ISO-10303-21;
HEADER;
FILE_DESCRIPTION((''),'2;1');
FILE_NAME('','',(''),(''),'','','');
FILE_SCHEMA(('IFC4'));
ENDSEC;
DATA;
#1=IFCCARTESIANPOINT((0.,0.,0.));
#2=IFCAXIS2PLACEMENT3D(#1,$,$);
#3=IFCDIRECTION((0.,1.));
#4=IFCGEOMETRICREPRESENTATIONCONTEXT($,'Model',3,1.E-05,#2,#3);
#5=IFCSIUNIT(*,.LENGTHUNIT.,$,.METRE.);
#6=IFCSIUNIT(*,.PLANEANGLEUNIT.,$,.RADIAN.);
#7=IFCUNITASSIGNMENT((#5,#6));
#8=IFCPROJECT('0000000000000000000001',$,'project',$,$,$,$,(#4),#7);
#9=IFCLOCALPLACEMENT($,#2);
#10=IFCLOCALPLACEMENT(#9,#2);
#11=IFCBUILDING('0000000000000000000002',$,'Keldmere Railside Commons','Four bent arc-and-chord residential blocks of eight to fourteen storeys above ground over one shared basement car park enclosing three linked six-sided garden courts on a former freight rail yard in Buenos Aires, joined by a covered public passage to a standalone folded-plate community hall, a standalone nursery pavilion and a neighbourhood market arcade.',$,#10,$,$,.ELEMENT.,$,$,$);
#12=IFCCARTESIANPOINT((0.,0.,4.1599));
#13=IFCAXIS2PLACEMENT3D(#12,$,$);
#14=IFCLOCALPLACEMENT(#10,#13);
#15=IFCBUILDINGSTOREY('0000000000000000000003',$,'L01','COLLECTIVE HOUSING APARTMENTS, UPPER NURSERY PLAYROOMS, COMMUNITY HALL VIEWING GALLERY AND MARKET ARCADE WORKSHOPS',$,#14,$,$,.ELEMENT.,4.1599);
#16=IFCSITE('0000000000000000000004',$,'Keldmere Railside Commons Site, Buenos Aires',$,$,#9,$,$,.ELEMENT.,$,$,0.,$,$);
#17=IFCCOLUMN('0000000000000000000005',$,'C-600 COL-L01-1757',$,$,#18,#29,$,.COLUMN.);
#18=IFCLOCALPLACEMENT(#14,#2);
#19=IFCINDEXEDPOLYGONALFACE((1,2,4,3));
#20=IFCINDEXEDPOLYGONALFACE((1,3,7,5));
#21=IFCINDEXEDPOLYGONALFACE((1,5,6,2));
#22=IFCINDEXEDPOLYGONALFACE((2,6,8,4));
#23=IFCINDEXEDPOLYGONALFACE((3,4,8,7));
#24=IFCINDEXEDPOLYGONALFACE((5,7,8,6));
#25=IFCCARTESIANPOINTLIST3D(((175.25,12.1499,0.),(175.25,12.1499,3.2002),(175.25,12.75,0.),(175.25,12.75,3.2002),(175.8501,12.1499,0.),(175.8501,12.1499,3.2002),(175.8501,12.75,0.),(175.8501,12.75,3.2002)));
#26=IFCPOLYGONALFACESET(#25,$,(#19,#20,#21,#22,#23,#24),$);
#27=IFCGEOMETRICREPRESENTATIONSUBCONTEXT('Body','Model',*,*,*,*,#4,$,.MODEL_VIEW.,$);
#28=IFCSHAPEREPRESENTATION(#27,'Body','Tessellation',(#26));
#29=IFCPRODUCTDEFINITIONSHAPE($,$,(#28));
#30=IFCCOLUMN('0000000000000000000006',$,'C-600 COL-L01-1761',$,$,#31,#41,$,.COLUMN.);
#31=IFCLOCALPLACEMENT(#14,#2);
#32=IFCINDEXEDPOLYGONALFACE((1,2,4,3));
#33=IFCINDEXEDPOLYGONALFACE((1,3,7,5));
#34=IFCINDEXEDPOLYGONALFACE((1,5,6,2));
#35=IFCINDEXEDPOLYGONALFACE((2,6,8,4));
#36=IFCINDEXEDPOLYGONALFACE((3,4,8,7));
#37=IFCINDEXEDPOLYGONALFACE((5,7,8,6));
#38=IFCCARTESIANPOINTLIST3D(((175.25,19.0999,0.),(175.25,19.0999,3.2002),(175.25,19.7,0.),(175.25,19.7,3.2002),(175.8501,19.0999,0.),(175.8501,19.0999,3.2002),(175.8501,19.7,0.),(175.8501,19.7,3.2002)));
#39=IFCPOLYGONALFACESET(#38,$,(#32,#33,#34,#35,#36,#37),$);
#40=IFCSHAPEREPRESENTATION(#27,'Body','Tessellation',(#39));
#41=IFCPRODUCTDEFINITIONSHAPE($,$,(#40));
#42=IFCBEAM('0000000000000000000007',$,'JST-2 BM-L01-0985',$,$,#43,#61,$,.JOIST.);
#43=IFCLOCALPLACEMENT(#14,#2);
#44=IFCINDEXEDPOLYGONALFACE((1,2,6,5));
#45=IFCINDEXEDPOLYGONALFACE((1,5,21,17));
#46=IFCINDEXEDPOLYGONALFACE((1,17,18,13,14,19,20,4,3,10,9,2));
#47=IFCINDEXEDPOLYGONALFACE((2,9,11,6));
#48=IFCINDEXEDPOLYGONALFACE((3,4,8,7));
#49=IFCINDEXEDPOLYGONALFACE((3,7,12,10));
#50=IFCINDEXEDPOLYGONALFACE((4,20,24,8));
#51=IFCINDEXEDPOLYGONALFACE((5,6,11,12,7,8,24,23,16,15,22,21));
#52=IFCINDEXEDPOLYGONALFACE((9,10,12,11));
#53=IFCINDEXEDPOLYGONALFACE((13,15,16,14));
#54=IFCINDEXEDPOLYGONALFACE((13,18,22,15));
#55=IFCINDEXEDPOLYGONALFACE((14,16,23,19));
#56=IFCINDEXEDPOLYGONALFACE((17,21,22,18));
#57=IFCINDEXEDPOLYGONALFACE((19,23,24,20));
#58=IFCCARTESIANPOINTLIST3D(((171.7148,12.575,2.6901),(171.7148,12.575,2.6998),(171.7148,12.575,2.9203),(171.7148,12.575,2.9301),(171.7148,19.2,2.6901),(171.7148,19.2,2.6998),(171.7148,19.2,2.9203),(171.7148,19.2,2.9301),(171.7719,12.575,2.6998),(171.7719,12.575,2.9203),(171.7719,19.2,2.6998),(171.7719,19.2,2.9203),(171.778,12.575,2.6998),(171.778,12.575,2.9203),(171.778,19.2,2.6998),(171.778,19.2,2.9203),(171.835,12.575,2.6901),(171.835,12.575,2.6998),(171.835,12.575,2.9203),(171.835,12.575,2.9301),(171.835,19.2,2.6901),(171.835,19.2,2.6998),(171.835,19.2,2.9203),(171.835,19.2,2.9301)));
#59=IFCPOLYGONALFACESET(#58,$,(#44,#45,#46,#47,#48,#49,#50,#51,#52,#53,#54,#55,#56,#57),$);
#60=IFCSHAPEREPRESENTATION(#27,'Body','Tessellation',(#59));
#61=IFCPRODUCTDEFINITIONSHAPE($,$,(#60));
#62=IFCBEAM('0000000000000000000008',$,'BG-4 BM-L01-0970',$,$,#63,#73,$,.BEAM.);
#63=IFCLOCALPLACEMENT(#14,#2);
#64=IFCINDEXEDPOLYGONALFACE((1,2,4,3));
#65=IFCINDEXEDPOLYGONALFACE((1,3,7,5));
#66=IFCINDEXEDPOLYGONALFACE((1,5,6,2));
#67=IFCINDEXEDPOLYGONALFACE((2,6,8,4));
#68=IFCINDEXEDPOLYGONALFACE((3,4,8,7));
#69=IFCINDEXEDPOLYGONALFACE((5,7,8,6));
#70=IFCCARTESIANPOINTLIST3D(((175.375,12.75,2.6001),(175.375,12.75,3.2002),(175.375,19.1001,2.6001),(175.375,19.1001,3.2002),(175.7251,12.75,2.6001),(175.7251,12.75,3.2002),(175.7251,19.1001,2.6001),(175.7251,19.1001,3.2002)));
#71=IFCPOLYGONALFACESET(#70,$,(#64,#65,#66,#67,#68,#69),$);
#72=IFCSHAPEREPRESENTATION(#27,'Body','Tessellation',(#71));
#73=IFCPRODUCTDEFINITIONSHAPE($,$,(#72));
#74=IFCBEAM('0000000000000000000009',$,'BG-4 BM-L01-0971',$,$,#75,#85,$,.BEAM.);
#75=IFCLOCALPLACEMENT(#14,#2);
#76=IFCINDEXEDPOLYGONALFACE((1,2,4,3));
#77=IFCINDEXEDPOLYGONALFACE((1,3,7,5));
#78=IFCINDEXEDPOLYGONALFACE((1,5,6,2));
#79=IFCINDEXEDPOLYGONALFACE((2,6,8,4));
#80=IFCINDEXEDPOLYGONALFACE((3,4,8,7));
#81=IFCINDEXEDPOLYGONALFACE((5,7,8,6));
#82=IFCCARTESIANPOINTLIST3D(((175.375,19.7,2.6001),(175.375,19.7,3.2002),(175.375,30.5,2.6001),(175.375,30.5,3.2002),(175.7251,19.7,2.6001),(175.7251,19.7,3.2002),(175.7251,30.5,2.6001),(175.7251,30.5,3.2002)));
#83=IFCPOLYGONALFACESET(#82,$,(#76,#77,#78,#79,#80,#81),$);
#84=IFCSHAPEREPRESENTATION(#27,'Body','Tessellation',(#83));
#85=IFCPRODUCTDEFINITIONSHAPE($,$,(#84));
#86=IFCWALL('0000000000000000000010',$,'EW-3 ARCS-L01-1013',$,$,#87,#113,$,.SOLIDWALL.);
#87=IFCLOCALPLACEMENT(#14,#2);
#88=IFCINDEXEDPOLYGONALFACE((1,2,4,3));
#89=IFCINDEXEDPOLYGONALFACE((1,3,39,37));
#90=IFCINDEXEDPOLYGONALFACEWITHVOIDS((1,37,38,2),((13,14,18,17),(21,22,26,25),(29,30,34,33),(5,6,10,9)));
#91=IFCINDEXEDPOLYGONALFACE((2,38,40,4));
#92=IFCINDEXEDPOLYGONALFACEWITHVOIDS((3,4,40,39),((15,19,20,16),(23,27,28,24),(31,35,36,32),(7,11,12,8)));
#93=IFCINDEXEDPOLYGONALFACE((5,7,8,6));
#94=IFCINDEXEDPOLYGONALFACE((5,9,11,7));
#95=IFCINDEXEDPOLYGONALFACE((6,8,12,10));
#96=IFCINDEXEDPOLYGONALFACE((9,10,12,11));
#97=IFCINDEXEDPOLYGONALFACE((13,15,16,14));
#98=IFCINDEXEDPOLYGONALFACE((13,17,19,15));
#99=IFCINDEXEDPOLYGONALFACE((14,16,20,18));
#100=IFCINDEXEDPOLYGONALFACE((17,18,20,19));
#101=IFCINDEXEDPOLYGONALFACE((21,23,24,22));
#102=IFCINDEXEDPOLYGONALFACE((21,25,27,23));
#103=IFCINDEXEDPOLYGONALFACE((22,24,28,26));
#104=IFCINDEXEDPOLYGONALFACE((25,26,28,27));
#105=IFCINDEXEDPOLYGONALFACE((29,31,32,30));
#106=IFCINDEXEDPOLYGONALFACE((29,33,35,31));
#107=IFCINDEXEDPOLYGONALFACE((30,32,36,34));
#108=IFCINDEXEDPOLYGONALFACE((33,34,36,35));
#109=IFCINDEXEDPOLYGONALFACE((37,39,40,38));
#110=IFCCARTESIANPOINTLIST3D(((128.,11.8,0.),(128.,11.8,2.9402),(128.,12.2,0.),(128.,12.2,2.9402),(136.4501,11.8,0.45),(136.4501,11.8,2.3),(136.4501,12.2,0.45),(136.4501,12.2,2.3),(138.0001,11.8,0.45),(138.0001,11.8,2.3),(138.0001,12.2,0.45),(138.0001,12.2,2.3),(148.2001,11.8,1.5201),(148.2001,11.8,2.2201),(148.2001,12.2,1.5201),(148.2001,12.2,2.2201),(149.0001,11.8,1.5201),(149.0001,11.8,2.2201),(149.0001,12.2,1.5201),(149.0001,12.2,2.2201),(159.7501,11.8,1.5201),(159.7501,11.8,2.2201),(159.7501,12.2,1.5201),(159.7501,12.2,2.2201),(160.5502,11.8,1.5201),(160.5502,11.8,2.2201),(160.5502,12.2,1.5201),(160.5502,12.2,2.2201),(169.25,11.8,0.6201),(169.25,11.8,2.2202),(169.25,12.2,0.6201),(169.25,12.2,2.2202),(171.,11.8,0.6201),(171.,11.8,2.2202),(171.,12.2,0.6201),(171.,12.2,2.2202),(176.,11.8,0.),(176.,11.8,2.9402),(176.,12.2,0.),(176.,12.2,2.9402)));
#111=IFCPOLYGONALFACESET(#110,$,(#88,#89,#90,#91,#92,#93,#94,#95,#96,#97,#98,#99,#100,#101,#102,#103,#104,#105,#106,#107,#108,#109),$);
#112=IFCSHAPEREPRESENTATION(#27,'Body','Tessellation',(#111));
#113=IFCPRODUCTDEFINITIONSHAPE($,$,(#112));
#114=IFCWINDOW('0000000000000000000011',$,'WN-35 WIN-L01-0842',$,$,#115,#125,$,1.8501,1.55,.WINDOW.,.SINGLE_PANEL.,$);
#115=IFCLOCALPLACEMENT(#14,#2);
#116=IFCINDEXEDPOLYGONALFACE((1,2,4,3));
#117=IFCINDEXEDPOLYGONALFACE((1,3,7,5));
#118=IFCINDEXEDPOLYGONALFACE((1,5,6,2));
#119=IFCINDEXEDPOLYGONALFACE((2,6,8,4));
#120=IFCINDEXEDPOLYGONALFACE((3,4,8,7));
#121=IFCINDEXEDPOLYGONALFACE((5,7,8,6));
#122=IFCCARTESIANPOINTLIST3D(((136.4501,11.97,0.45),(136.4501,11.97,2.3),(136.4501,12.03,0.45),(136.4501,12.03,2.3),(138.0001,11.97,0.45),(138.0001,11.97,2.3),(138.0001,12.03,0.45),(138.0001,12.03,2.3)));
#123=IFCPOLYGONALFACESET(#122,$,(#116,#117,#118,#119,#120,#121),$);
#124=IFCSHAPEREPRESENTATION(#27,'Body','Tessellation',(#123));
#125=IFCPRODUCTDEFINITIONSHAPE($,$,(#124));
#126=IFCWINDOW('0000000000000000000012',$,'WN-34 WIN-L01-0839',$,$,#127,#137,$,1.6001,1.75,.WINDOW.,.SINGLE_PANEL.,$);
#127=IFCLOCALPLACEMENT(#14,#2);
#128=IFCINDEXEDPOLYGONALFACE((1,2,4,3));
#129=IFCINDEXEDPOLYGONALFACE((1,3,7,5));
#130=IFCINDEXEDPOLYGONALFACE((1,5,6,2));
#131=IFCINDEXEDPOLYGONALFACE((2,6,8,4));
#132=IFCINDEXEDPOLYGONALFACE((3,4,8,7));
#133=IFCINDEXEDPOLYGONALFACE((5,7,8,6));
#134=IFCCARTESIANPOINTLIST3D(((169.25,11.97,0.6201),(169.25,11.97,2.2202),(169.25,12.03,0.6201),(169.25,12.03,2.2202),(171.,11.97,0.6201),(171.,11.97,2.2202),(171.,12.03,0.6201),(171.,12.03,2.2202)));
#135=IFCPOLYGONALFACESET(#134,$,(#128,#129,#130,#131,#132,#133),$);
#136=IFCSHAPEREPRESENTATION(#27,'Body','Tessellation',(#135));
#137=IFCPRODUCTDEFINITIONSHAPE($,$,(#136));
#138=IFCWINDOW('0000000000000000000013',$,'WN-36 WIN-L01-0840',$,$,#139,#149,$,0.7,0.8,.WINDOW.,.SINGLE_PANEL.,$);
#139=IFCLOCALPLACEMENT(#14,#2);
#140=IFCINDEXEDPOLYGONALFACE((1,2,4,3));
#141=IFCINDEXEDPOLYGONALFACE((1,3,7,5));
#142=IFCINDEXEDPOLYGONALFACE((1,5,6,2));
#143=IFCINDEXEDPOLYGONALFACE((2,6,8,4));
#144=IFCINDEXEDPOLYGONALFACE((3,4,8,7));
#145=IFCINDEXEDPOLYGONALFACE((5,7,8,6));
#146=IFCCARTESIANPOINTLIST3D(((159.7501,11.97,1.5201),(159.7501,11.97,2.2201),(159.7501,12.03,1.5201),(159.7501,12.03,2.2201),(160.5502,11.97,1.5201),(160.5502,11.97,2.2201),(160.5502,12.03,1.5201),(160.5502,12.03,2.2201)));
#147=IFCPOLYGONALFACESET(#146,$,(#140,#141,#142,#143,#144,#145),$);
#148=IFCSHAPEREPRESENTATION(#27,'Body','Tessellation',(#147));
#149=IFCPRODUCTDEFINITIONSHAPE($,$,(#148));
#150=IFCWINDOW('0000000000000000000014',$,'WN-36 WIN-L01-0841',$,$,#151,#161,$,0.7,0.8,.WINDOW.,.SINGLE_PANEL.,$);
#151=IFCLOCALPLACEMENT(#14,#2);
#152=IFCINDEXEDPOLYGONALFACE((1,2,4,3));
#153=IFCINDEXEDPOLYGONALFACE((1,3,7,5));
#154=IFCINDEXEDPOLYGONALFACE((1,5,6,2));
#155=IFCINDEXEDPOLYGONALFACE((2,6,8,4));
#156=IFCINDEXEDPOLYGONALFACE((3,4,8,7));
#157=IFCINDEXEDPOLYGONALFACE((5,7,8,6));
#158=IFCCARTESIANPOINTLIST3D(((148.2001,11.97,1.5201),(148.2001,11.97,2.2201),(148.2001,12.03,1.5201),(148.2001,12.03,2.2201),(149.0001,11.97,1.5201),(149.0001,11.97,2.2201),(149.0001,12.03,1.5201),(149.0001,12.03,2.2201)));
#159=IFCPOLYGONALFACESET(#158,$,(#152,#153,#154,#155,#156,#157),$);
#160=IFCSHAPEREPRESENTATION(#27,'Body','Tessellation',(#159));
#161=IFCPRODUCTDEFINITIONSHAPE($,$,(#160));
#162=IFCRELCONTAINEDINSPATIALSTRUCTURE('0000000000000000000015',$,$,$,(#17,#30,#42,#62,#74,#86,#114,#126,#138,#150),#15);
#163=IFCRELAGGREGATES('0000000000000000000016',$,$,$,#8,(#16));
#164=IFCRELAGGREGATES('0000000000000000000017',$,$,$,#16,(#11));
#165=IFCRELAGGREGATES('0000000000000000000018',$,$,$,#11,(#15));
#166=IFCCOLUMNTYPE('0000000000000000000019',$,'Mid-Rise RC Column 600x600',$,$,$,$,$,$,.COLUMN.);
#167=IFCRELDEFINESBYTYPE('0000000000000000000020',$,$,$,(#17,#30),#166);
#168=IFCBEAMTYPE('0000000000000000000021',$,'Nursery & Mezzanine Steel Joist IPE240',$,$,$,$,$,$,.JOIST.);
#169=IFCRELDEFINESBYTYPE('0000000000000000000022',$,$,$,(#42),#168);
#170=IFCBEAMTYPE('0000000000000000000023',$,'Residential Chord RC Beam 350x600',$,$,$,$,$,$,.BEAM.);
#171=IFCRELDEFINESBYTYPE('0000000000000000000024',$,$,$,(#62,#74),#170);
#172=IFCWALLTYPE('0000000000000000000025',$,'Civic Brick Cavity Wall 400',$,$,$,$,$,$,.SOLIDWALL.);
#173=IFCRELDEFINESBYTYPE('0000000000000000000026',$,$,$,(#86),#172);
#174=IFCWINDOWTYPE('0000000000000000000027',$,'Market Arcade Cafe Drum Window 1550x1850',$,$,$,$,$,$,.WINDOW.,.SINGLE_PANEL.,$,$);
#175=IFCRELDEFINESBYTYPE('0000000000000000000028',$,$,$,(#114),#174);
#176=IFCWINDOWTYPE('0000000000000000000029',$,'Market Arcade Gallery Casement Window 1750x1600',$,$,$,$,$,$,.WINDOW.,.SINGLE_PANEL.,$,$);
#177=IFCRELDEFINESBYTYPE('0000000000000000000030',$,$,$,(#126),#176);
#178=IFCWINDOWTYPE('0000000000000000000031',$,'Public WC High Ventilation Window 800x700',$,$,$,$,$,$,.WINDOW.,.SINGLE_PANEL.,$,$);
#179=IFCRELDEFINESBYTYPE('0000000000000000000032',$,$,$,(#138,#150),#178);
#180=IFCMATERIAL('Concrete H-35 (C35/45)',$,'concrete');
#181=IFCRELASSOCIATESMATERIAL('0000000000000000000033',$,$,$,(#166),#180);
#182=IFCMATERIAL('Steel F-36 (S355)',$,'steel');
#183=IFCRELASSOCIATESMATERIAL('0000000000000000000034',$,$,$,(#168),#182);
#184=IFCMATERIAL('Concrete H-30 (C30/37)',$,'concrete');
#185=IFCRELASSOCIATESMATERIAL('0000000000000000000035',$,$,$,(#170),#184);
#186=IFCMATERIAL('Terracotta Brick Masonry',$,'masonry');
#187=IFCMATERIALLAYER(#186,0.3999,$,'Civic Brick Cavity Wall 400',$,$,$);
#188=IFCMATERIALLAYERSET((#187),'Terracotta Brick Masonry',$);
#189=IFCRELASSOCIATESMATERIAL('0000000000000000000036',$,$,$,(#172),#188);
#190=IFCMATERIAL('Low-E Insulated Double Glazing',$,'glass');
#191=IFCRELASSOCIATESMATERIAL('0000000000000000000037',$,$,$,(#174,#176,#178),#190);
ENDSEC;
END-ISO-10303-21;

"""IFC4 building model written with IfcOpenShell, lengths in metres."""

from ifc_helpers import new_model, si_unit, direction, frame, frame_2d, origin, origin_2d, place, context, subcontext, project, spatial, rectangle, i_section, extrude, material, layer, layer_set, material_profile, profile_set, type_object, element, fill, save


model = new_model("IFC4")

# Units and contexts
model_context = context("Model", 3, precision=1e-05, world=origin(), true_north=direction((0.0, 1.0)))
body_context = subcontext(model_context, "Body", "Model", "MODEL_VIEW")
ifc_project = project(units=[si_unit("LENGTHUNIT", "METRE"), si_unit("PLANEANGLEUNIT", "RADIAN")], contexts=[model_context])

# Site, building, storey
site_placement = place(None, origin())
site = spatial("IfcSite", under=ifc_project, at=site_placement, Name="Keldmere Railside Commons Site, Buenos Aires", CompositionType="ELEMENT", RefElevation=0.0)
building_placement = place(site_placement, origin())
building = spatial("IfcBuilding", under=site, at=building_placement, Name="Keldmere Railside Commons", Description="Four bent arc-and-chord residential blocks of eight to fourteen storeys above ground over one shared basement car park enclosing three linked six-sided garden courts on a former freight rail yard in Buenos Aires, joined by a covered public passage to a standalone folded-plate community hall, a standalone nursery pavilion and a neighbourhood market arcade.", CompositionType="ELEMENT")
storey_placement = place(building_placement, frame((0.0, 0.0, 4.1599)))
storey = spatial("IfcBuildingStorey", under=building, at=storey_placement, Name="L01", Description="COLLECTIVE HOUSING APARTMENTS, UPPER NURSERY PLAYROOMS, COMMUNITY HALL VIEWING GALLERY AND MARKET ARCADE WORKSHOPS", CompositionType="ELEMENT", Elevation=4.1599)

# Columns
ifc_material_1 = material(Name="Concrete H-35 (C35/45)", Category="concrete")
ifc_material_profile_1 = material_profile(ifc_material_1, rectangle(XDim=0.6001, YDim=0.6001, at=origin_2d()), Name="RC-600x600")
ifc_profile_set_1 = profile_set([ifc_material_profile_1], Name="Concrete H-35 (C35/45)")
column_type = type_object("IfcColumnType", Name="Mid-Rise RC Column 600x600", PredefinedType="COLUMN", material=ifc_profile_set_1)
for number, where, z_axis, x_axis, name in (
    (1, (175.55, 12.45, 0.0), (0.0, 0.0, 1.0), (1.0, 0.0, 0.0), "C-600 COL-L01-1757"),
    (2, (175.55, 19.3999, 0.0), (0.0, 0.0, 1.0), (1.0, 0.0, 0.0), "C-600 COL-L01-1761"),
):
    element("IfcColumn", number, at=place(storey_placement, frame(where, z_axis=z_axis, x_axis=x_axis)), inside=storey, type_object=column_type, Name=name, PredefinedType="COLUMN", context=body_context, shape_type="SweptSolid", body=[
        extrude(rectangle(XDim=0.6001, YDim=0.6001, at=origin_2d()), origin(), (0.0, 0.0, 1.0), 3.2002),
    ])

# Beams
ifc_material_2 = material(Name="Steel F-36 (S355)", Category="steel")
ifc_material_profile_2 = material_profile(ifc_material_2, i_section(OverallWidth=0.1201, OverallDepth=0.24, WebThickness=0.0061, FlangeThickness=0.0098, at=origin_2d()), Name="IPE-240")
ifc_profile_set_2 = profile_set([ifc_material_profile_2], Name="Steel F-36 (S355)")
beam_type_1 = type_object("IfcBeamType", Name="Nursery & Mezzanine Steel Joist IPE240", PredefinedType="JOIST", material=ifc_profile_set_2)
beam_1_placement = place(storey_placement, frame((171.7749, 12.575, 2.8101), z_axis=(0.0, 1.0, 0.0), x_axis=(-1.0, 0.0, 0.0)))
element("IfcBeam", 3, at=beam_1_placement, inside=storey, type_object=beam_type_1, Name="JST-2 BM-L01-0985", PredefinedType="JOIST", context=body_context, shape_type="SweptSolid", body=[
    extrude(i_section(OverallWidth=0.1201, OverallDepth=0.24, WebThickness=0.0061, FlangeThickness=0.0098, at=origin_2d()), origin(), (0.0, 0.0, 1.0), 6.625),
])
ifc_material_3 = material(Name="Concrete H-30 (C30/37)", Category="concrete")
ifc_material_profile_3 = material_profile(ifc_material_3, rectangle(XDim=0.3501, YDim=0.6001, at=origin_2d()), Name="RC-350x600")
ifc_profile_set_3 = profile_set([ifc_material_profile_3], Name="Concrete H-30 (C30/37)")
beam_type_2 = type_object("IfcBeamType", Name="Residential Chord RC Beam 350x600", PredefinedType="BEAM", material=ifc_profile_set_3)
beam_2_placement = place(storey_placement, frame((175.55, 12.75, 2.9001), z_axis=(0.0, 1.0, 0.0), x_axis=(-1.0, 0.0, 0.0)))
element("IfcBeam", 4, at=beam_2_placement, inside=storey, type_object=beam_type_2, Name="BG-4 BM-L01-0970", PredefinedType="BEAM", context=body_context, shape_type="SweptSolid", body=[
    extrude(rectangle(XDim=0.3501, YDim=0.6001, at=origin_2d()), origin(), (0.0, 0.0, 1.0), 6.3501),
])
beam_3_placement = place(storey_placement, frame((175.55, 19.7, 2.9001), z_axis=(0.0, 1.0, 0.0), x_axis=(-1.0, 0.0, 0.0)))
element("IfcBeam", 5, at=beam_3_placement, inside=storey, type_object=beam_type_2, Name="BG-4 BM-L01-0971", PredefinedType="BEAM", context=body_context, shape_type="SweptSolid", body=[
    extrude(rectangle(XDim=0.3501, YDim=0.6001, at=origin_2d()), origin(), (0.0, 0.0, 1.0), 10.8),
])

# Wall, openings, windows
ifc_material_4 = material(Name="Terracotta Brick Masonry", Category="masonry")
ifc_layer_1 = layer(ifc_material_4, 0.3999, Name="Civic Brick Cavity Wall 400")
ifc_layer_set_1 = layer_set([ifc_layer_1], Name="Terracotta Brick Masonry")
wall_type_1 = type_object("IfcWallType", Name="Civic Brick Cavity Wall 400", PredefinedType="SOLIDWALL", material=ifc_layer_set_1)
wall_1_placement = place(storey_placement, frame((176.0, 12.0, 0.0), z_axis=(0.0, 0.0, 1.0), x_axis=(-1.0, 0.0, 0.0)))
wall_1 = element("IfcWall", 6, at=wall_1_placement, inside=storey, type_object=wall_type_1, Name="EW-3 ARCS-L01-1013", PredefinedType="SOLIDWALL", context=body_context, shape_type="SweptSolid", body=[
    extrude(rectangle(XDim=48.0, YDim=0.3999, at=frame_2d((24.0, 0.0))), origin(), (0.0, 0.0, 1.0), 2.9402),
])
opening_1_placement = place(wall_1_placement, frame((5.0, 0.0, 0.6201)))
opening_1 = element("IfcOpeningElement", 7, at=opening_1_placement, cuts=wall_1, PredefinedType="OPENING", context=body_context, shape_type="SweptSolid", body=[
    extrude(rectangle(XDim=1.75, YDim=1.6001, at=frame_2d((0.875, 0.8))), frame((0.0, 0.21, 0.0), z_axis=(0.0, -1.0, 0.0), x_axis=(1.0, 0.0, 0.0)), (0.0, 0.0, 1.0), 0.4199),
])
opening_2_placement = place(wall_1_placement, frame((15.45, 0.0, 1.52)))
opening_2 = element("IfcOpeningElement", 8, at=opening_2_placement, cuts=wall_1, PredefinedType="OPENING", context=body_context, shape_type="SweptSolid", body=[
    extrude(rectangle(XDim=0.8, YDim=0.7, at=frame_2d((0.3999, 0.3501))), frame((0.0, 0.21, 0.0), z_axis=(0.0, -1.0, 0.0), x_axis=(1.0, 0.0, 0.0)), (0.0, 0.0, 1.0), 0.4199),
])
opening_3_placement = place(wall_1_placement, frame((27.0, 0.0, 1.52)))
opening_3 = element("IfcOpeningElement", 9, at=opening_3_placement, cuts=wall_1, PredefinedType="OPENING", context=body_context, shape_type="SweptSolid", body=[
    extrude(rectangle(XDim=0.8, YDim=0.7, at=frame_2d((0.3999, 0.3501))), frame((0.0, 0.21, 0.0), z_axis=(0.0, -1.0, 0.0), x_axis=(1.0, 0.0, 0.0)), (0.0, 0.0, 1.0), 0.4199),
])
opening_4_placement = place(wall_1_placement, frame((38.0, 0.0, 0.45)))
opening_4 = element("IfcOpeningElement", 10, at=opening_4_placement, cuts=wall_1, PredefinedType="OPENING", context=body_context, shape_type="SweptSolid", body=[
    extrude(rectangle(XDim=1.55, YDim=1.8501, at=frame_2d((0.7749, 0.925))), frame((0.0, 0.21, 0.0), z_axis=(0.0, -1.0, 0.0), x_axis=(1.0, 0.0, 0.0)), (0.0, 0.0, 1.0), 0.4199),
])
ifc_material_5 = material(Name="Low-E Insulated Double Glazing", Category="glass")
window_type_1 = type_object("IfcWindowType", Name="Market Arcade Cafe Drum Window 1550x1850", PartitioningType="SINGLE_PANEL", PredefinedType="WINDOW", material=ifc_material_5)
window_1_placement = place(opening_4_placement, origin())
window_1 = element("IfcWindow", 11, at=window_1_placement, inside=storey, type_object=window_type_1, Name="WN-35 WIN-L01-0842", OverallHeight=1.8501, OverallWidth=1.55, PartitioningType="SINGLE_PANEL", PredefinedType="WINDOW", context=body_context, shape_type="SweptSolid", body=[
    extrude(rectangle(XDim=1.55, YDim=1.8501, at=frame_2d((0.7749, 0.925))), frame((0.0, 0.03, 0.0), z_axis=(0.0, -1.0, 0.0), x_axis=(1.0, 0.0, 0.0)), (0.0, 0.0, 1.0), 0.0601),
])
fill(opening_4, window_1)
window_type_2 = type_object("IfcWindowType", Name="Market Arcade Gallery Casement Window 1750x1600", PartitioningType="SINGLE_PANEL", PredefinedType="WINDOW", material=ifc_material_5)
window_2_placement = place(opening_1_placement, origin())
window_2 = element("IfcWindow", 12, at=window_2_placement, inside=storey, type_object=window_type_2, Name="WN-34 WIN-L01-0839", OverallHeight=1.6001, OverallWidth=1.75, PartitioningType="SINGLE_PANEL", PredefinedType="WINDOW", context=body_context, shape_type="SweptSolid", body=[
    extrude(rectangle(XDim=1.75, YDim=1.6001, at=frame_2d((0.875, 0.8))), frame((0.0, 0.03, 0.0), z_axis=(0.0, -1.0, 0.0), x_axis=(1.0, 0.0, 0.0)), (0.0, 0.0, 1.0), 0.0601),
])
fill(opening_1, window_2)
window_type_3 = type_object("IfcWindowType", Name="Public WC High Ventilation Window 800x700", PartitioningType="SINGLE_PANEL", PredefinedType="WINDOW", material=ifc_material_5)
window_3_placement = place(opening_2_placement, origin())
window_3 = element("IfcWindow", 13, at=window_3_placement, inside=storey, type_object=window_type_3, Name="WN-36 WIN-L01-0840", OverallHeight=0.7, OverallWidth=0.8, PartitioningType="SINGLE_PANEL", PredefinedType="WINDOW", context=body_context, shape_type="SweptSolid", body=[
    extrude(rectangle(XDim=0.8, YDim=0.7, at=frame_2d((0.3999, 0.3501))), frame((0.0, 0.03, 0.0), z_axis=(0.0, -1.0, 0.0), x_axis=(1.0, 0.0, 0.0)), (0.0, 0.0, 1.0), 0.0601),
])
fill(opening_2, window_3)
window_4_placement = place(opening_3_placement, origin())
window_4 = element("IfcWindow", 14, at=window_4_placement, inside=storey, type_object=window_type_3, Name="WN-36 WIN-L01-0841", OverallHeight=0.7, OverallWidth=0.8, PartitioningType="SINGLE_PANEL", PredefinedType="WINDOW", context=body_context, shape_type="SweptSolid", body=[
    extrude(rectangle(XDim=0.8, YDim=0.7, at=frame_2d((0.3999, 0.3501))), frame((0.0, 0.03, 0.0), z_axis=(0.0, -1.0, 0.0), x_axis=(1.0, 0.0, 0.0)), (0.0, 0.0, 1.0), 0.0601),
])
fill(opening_3, window_4)

save(model, "model.ifc")
